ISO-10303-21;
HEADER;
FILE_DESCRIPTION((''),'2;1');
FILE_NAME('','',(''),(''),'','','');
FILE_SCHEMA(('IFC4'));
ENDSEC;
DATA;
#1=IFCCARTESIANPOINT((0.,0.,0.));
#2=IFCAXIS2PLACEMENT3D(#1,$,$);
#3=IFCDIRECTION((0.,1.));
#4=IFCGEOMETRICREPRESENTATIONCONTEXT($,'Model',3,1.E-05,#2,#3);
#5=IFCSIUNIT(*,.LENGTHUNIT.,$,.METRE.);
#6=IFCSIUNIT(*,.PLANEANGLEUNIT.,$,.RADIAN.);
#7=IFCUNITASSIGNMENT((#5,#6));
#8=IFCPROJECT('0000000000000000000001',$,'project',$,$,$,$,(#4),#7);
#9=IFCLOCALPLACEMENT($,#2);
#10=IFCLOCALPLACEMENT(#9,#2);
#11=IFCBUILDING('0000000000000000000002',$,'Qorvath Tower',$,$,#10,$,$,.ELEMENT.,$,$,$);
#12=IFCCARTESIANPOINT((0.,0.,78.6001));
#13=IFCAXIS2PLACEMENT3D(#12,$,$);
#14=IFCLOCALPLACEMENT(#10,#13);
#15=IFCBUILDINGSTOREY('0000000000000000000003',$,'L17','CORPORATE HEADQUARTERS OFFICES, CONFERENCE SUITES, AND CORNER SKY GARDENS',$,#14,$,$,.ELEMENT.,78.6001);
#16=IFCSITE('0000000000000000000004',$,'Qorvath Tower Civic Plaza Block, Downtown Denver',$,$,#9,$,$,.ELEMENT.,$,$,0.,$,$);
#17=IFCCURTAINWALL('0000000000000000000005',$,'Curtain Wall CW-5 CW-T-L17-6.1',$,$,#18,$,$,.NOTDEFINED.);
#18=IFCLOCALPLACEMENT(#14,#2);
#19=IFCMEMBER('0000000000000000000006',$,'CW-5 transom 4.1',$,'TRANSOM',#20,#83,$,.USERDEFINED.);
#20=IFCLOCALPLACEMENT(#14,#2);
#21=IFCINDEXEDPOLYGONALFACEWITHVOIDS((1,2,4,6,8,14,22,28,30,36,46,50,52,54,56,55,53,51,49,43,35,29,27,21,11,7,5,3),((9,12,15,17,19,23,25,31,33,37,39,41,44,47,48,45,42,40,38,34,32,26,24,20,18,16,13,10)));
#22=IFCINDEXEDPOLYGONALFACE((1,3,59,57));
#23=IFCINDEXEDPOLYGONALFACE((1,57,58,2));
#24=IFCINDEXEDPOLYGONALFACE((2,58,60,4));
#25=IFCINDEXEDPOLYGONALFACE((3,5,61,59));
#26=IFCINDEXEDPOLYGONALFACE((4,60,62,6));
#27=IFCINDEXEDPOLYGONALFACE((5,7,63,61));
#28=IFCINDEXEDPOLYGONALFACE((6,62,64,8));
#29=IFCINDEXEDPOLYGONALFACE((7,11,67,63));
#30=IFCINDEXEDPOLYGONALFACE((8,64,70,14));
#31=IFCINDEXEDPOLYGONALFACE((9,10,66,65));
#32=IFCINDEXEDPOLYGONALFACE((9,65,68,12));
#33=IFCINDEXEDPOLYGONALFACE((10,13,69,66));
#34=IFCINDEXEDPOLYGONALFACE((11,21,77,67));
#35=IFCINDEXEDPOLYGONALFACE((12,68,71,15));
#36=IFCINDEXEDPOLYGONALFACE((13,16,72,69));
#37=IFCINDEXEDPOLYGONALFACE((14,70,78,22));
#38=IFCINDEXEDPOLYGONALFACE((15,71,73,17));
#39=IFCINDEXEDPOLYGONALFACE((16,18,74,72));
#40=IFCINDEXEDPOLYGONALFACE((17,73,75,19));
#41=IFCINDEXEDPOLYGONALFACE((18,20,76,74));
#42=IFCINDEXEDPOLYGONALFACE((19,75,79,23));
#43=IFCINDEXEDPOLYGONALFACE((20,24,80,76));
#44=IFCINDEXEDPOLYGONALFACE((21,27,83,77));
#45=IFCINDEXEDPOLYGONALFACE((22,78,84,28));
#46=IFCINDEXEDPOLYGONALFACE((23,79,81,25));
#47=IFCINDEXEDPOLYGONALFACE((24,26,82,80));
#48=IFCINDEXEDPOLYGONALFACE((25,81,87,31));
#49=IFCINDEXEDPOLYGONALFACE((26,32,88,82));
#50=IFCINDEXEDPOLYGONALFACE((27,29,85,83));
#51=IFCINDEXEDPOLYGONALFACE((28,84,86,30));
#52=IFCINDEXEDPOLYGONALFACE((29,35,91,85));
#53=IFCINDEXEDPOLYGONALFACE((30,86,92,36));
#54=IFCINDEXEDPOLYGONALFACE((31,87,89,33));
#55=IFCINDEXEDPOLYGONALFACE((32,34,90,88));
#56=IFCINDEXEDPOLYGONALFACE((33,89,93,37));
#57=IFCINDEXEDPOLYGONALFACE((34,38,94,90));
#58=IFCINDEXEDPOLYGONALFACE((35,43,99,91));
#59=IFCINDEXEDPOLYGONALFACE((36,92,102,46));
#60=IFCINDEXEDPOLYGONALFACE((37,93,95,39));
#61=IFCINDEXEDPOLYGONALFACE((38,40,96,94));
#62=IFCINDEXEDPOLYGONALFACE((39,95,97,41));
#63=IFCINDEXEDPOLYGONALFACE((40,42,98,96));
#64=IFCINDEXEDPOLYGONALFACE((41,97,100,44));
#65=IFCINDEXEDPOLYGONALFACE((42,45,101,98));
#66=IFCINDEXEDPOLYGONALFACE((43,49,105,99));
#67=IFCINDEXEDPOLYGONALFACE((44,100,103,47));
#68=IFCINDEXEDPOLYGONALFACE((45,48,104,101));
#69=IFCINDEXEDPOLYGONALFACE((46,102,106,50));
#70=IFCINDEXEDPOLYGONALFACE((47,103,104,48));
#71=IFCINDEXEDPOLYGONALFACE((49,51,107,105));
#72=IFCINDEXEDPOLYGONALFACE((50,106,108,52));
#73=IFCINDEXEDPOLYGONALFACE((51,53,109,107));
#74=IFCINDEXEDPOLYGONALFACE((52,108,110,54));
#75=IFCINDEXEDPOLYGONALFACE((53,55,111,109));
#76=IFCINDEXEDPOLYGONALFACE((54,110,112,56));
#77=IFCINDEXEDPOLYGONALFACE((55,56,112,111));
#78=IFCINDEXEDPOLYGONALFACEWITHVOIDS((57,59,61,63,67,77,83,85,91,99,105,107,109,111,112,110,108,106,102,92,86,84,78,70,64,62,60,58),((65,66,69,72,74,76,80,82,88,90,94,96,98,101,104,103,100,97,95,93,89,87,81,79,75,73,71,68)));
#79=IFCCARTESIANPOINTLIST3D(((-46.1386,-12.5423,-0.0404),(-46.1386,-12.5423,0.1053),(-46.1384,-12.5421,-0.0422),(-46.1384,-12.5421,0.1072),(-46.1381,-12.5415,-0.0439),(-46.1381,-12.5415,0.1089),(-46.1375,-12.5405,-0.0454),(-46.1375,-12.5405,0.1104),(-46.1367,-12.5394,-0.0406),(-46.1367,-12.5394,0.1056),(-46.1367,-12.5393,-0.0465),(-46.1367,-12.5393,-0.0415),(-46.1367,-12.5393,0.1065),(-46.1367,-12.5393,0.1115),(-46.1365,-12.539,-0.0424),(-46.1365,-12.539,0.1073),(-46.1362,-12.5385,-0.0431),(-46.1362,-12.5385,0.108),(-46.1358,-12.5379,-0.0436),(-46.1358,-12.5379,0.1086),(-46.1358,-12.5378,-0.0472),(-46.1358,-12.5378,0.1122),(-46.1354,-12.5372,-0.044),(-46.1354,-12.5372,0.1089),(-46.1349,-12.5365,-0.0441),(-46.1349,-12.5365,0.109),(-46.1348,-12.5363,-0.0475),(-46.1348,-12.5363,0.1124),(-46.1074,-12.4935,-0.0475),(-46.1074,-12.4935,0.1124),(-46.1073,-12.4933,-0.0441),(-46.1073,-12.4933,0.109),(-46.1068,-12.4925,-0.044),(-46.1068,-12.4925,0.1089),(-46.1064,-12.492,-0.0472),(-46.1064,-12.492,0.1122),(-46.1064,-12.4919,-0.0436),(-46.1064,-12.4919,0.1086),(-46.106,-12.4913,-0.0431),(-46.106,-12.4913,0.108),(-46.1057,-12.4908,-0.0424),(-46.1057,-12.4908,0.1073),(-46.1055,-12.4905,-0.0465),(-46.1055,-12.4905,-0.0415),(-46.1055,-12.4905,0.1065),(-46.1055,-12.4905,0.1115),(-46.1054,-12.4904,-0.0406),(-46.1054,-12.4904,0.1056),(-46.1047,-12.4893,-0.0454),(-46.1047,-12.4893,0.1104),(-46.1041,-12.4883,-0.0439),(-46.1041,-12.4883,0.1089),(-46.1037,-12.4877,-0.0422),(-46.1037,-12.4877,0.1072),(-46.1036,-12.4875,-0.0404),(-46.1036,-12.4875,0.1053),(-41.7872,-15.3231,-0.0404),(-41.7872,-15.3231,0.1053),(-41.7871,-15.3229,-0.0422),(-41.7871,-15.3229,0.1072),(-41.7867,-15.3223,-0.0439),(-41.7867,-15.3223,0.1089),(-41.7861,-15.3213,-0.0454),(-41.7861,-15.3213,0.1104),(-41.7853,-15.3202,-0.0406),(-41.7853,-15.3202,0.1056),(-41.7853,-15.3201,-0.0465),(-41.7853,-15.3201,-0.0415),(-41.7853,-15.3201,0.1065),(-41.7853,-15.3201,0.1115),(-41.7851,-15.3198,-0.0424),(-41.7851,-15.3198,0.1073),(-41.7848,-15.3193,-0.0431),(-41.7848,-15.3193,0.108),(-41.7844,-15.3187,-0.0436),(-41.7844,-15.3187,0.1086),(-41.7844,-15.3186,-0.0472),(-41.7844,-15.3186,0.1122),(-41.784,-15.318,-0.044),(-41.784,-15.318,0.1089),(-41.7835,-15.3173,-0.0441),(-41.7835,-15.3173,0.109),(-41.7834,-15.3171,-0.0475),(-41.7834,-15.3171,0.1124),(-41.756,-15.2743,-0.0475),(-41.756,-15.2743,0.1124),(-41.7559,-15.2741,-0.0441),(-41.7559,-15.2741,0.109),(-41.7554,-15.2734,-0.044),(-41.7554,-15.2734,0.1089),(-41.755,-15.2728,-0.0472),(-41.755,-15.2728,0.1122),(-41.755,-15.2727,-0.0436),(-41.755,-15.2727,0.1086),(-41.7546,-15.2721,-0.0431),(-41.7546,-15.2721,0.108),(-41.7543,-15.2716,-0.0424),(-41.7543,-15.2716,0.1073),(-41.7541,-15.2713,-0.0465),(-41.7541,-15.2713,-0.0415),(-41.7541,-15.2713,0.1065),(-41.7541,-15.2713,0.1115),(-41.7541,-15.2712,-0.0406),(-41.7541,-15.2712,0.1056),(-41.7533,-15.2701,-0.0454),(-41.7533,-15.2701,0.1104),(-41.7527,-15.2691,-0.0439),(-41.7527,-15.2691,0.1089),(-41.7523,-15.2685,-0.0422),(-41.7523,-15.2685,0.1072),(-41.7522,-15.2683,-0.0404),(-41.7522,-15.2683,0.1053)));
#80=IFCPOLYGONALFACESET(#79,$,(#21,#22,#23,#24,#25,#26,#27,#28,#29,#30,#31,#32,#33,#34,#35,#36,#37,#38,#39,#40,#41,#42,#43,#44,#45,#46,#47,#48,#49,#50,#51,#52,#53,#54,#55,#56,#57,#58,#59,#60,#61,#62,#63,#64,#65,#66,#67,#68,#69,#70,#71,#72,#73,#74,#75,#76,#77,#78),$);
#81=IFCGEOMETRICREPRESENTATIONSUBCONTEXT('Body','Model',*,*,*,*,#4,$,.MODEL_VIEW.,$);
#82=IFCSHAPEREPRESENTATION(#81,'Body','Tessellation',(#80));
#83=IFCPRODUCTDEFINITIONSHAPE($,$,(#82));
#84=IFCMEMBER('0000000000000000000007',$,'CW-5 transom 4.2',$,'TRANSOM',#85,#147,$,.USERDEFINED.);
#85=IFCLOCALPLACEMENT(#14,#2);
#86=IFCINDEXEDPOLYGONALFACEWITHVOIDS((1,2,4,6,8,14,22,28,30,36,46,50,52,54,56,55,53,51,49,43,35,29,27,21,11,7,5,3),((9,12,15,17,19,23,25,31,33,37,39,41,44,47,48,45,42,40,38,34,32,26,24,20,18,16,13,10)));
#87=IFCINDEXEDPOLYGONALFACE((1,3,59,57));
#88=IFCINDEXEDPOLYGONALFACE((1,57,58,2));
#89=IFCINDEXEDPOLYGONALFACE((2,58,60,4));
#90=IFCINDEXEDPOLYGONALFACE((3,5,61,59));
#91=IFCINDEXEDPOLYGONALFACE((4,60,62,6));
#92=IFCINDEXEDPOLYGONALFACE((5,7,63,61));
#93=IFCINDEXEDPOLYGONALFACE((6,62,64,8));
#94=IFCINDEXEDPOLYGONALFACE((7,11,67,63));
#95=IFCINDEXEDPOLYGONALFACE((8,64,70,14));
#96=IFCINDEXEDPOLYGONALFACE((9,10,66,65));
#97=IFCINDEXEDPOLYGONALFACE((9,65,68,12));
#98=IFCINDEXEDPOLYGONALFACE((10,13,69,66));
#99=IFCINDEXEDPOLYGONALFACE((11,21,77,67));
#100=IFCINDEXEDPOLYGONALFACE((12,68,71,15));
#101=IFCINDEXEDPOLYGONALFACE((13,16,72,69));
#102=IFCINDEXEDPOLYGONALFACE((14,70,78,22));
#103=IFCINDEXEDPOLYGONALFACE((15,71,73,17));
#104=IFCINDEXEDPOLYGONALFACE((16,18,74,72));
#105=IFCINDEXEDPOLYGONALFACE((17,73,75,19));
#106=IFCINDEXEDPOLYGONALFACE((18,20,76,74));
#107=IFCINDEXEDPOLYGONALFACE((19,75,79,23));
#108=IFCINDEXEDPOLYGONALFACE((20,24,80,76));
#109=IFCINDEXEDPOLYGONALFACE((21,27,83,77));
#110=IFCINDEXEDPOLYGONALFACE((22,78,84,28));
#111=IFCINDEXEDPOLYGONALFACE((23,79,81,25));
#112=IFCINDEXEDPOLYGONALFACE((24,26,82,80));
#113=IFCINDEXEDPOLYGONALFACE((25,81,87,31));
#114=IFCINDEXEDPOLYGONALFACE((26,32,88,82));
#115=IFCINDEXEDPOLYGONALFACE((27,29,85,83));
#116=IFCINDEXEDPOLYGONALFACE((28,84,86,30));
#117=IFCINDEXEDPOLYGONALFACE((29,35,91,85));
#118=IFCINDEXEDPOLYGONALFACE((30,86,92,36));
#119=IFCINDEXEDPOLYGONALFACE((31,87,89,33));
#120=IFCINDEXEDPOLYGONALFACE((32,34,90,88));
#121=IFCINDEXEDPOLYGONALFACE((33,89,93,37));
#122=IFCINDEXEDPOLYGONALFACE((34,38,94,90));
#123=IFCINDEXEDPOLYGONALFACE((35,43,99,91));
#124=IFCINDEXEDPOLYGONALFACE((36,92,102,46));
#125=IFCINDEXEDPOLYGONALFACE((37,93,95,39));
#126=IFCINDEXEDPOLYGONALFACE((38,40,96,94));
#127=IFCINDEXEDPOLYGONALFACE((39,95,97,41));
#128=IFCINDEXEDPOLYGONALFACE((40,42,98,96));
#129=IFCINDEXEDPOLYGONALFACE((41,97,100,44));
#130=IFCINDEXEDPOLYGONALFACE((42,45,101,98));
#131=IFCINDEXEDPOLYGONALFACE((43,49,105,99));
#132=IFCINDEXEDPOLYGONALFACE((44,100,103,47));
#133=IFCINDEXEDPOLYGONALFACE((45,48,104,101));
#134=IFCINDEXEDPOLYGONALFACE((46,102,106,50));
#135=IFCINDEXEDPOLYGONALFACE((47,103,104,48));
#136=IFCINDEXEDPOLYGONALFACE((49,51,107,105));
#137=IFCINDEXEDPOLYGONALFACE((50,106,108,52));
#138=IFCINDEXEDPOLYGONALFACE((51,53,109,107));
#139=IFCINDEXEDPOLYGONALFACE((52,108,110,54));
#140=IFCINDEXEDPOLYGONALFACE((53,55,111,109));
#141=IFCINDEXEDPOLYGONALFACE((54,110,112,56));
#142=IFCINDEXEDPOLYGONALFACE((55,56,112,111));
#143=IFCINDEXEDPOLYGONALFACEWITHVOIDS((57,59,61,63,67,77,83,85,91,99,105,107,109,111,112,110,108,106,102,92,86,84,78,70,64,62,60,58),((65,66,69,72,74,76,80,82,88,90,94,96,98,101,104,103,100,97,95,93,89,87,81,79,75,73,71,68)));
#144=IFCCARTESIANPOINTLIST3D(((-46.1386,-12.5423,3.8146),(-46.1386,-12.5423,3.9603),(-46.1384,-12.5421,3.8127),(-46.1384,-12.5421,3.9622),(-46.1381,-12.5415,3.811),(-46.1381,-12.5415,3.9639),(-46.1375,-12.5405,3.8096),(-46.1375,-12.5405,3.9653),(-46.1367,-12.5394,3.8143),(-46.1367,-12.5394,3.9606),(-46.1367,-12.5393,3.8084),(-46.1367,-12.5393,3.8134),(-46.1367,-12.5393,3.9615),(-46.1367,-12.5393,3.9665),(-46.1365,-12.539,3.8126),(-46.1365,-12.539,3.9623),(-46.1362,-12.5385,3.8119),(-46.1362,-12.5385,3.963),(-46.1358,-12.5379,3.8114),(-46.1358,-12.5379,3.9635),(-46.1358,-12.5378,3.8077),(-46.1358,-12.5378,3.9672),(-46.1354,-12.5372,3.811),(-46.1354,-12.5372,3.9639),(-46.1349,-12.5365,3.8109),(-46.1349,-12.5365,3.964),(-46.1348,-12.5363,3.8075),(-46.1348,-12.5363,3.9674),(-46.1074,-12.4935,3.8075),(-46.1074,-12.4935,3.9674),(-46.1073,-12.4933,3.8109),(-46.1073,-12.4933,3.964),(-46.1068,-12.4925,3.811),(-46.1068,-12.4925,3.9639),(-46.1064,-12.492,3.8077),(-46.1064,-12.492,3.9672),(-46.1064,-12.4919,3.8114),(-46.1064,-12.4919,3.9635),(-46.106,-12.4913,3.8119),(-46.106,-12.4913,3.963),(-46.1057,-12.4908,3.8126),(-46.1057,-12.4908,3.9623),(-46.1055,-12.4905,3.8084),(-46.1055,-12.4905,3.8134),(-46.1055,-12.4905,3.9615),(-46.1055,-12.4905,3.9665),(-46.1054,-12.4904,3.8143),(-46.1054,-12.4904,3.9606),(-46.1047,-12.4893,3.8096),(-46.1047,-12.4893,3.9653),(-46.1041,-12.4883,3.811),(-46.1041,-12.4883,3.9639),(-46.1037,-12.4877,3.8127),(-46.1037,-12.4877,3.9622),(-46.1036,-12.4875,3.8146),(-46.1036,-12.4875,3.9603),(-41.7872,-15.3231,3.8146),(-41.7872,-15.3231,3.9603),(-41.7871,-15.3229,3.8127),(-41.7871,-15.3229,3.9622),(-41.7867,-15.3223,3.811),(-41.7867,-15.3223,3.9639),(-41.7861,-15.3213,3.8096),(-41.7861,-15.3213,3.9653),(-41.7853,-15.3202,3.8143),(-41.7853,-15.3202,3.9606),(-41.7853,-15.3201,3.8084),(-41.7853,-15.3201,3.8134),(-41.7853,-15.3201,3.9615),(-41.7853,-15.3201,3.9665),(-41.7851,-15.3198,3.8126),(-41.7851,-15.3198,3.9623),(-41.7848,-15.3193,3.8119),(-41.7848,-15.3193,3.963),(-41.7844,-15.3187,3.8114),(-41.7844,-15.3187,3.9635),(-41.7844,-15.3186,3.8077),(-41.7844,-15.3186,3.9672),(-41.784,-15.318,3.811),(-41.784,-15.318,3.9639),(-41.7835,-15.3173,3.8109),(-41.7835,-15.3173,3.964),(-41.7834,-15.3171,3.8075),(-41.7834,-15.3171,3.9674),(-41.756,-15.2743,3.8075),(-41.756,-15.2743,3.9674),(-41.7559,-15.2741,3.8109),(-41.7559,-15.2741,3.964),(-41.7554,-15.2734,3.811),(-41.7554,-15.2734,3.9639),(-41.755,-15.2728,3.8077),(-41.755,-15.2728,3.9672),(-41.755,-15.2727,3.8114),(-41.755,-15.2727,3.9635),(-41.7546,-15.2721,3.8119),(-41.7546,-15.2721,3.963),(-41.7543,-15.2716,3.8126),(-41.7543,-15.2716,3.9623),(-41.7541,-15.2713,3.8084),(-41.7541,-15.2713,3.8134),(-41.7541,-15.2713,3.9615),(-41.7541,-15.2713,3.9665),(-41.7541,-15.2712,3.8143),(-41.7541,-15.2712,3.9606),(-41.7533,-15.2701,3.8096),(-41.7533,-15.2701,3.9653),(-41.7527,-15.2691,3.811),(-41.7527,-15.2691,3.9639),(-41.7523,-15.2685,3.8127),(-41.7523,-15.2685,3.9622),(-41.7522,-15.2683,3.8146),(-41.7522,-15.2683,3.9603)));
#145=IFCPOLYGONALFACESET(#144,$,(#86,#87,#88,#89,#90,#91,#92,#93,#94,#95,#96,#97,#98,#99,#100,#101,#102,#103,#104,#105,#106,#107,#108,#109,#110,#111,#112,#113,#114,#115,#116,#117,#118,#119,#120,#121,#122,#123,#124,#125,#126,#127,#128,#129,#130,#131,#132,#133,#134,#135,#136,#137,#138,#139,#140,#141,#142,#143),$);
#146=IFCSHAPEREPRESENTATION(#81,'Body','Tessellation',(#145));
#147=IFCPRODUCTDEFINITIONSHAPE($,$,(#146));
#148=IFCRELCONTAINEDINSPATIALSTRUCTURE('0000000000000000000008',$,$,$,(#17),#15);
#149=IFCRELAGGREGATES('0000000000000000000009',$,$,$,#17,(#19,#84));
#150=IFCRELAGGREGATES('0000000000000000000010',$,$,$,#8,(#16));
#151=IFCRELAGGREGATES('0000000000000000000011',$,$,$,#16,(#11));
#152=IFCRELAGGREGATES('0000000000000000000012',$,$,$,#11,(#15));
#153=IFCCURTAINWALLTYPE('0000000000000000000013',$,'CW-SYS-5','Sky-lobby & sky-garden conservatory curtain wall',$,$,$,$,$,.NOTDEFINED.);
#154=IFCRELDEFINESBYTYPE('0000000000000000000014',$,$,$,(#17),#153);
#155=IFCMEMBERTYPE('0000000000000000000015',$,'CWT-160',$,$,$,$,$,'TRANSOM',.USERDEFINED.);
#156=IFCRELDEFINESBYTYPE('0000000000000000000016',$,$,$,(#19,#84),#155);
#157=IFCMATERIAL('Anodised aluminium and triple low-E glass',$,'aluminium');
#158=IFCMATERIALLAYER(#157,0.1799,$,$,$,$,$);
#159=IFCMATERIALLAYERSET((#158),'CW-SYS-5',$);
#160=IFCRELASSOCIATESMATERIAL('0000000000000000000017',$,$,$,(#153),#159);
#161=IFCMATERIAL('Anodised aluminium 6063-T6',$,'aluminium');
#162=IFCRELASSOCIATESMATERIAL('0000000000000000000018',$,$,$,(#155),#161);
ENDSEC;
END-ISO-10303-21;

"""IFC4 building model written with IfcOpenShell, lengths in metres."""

from ifc_helpers import new_model, si_unit, direction, frame, origin, origin_2d, place, context, subcontext, project, spatial, hollow_rectangle, extrude, material, layer, layer_set, material_profile, profile_set, type_object, element, aggregate, save


model = new_model("IFC4")

# Units and contexts
model_context = context("Model", 3, precision=1e-05, world=origin(), true_north=direction((0.0, 1.0)))
body_context = subcontext(model_context, "Body", "Model", "MODEL_VIEW")
ifc_project = project(units=[si_unit("LENGTHUNIT", "METRE"), si_unit("PLANEANGLEUNIT", "RADIAN")], contexts=[model_context])

# Site, building, storey
site_placement = place(None, origin())
site = spatial("IfcSite", under=ifc_project, at=site_placement, Name="Qorvath Tower Civic Plaza Block, Downtown Denver", CompositionType="ELEMENT", RefElevation=0.0)
building_placement = place(site_placement, origin())
building = spatial("IfcBuilding", under=site, at=building_placement, Name="Qorvath Tower", CompositionType="ELEMENT")
storey_placement = place(building_placement, frame((0.0, 0.0, 78.6001)))
storey = spatial("IfcBuildingStorey", under=building, at=storey_placement, Name="L17", Description="CORPORATE HEADQUARTERS OFFICES, CONFERENCE SUITES, AND CORNER SKY GARDENS", CompositionType="ELEMENT", Elevation=78.6001)

# Shared definitions
ifc_material_1 = material(Name="Anodised aluminium and triple low-E glass", Category="aluminium")
ifc_layer_1 = layer(ifc_material_1, 0.1799)
ifc_layer_set_1 = layer_set([ifc_layer_1], Name="CW-SYS-5")
curtain_wall_type = type_object("IfcCurtainWallType", Name="CW-SYS-5", Description="Sky-lobby & sky-garden conservatory curtain wall", PredefinedType="NOTDEFINED", material=ifc_layer_set_1)

# Curtain wall, members
curtain_wall_1_placement = place(storey_placement, origin())
curtain_wall_1 = element("IfcCurtainWall", 1, at=curtain_wall_1_placement, inside=storey, type_object=curtain_wall_type, Name="Curtain Wall CW-5 CW-T-L17-6.1", PredefinedType="NOTDEFINED")
ifc_material_2 = material(Name="Anodised aluminium 6063-T6", Category="aluminium")
ifc_material_profile_1 = material_profile(ifc_material_2, hollow_rectangle(XDim=0.0649, YDim=0.1599, WallThickness=0.0034, InnerFilletRadius=0.0034, OuterFilletRadius=0.0071, at=origin_2d()), Name="CWT 160x65")
ifc_profile_set_1 = profile_set([ifc_material_profile_1], Name="Anodised aluminium 6063-T6")
member_type_1 = type_object("IfcMemberType", Name="CWT-160", ElementType="TRANSOM", PredefinedType="USERDEFINED", material=ifc_profile_set_1)
member_1_placement = place(storey_placement, frame((-46.1211, -12.5149, 0.0325), z_axis=(0.84263, -0.538493, 0.0), x_axis=(0.538493, 0.84263, 0.0)))
member_1 = element("IfcMember", 2, at=member_1_placement, type_object=member_type_1, Name="CW-5 transom 4.1", ObjectType="TRANSOM", PredefinedType="USERDEFINED", context=body_context, shape_type="SweptSolid", body=[
    extrude(hollow_rectangle(XDim=0.0649, YDim=0.1599, WallThickness=0.0034, InnerFilletRadius=0.0034, OuterFilletRadius=0.0071, at=origin_2d()), origin(), (0.0, 0.0, 1.0), 5.1641),
])
member_2_placement = place(storey_placement, frame((-46.1211, -12.5149, 3.8875), z_axis=(0.84263, -0.538493, 0.0), x_axis=(0.538493, 0.84263, 0.0)))
member_2 = element("IfcMember", 3, at=member_2_placement, type_object=member_type_1, Name="CW-5 transom 4.2", ObjectType="TRANSOM", PredefinedType="USERDEFINED", context=body_context, shape_type="SweptSolid", body=[
    extrude(hollow_rectangle(XDim=0.0649, YDim=0.1599, WallThickness=0.0034, InnerFilletRadius=0.0034, OuterFilletRadius=0.0071, at=origin_2d()), origin(), (0.0, 0.0, 1.0), 5.1641),
])

aggregate(curtain_wall_1, [member_1, member_2])

save(model, "model.ifc")
